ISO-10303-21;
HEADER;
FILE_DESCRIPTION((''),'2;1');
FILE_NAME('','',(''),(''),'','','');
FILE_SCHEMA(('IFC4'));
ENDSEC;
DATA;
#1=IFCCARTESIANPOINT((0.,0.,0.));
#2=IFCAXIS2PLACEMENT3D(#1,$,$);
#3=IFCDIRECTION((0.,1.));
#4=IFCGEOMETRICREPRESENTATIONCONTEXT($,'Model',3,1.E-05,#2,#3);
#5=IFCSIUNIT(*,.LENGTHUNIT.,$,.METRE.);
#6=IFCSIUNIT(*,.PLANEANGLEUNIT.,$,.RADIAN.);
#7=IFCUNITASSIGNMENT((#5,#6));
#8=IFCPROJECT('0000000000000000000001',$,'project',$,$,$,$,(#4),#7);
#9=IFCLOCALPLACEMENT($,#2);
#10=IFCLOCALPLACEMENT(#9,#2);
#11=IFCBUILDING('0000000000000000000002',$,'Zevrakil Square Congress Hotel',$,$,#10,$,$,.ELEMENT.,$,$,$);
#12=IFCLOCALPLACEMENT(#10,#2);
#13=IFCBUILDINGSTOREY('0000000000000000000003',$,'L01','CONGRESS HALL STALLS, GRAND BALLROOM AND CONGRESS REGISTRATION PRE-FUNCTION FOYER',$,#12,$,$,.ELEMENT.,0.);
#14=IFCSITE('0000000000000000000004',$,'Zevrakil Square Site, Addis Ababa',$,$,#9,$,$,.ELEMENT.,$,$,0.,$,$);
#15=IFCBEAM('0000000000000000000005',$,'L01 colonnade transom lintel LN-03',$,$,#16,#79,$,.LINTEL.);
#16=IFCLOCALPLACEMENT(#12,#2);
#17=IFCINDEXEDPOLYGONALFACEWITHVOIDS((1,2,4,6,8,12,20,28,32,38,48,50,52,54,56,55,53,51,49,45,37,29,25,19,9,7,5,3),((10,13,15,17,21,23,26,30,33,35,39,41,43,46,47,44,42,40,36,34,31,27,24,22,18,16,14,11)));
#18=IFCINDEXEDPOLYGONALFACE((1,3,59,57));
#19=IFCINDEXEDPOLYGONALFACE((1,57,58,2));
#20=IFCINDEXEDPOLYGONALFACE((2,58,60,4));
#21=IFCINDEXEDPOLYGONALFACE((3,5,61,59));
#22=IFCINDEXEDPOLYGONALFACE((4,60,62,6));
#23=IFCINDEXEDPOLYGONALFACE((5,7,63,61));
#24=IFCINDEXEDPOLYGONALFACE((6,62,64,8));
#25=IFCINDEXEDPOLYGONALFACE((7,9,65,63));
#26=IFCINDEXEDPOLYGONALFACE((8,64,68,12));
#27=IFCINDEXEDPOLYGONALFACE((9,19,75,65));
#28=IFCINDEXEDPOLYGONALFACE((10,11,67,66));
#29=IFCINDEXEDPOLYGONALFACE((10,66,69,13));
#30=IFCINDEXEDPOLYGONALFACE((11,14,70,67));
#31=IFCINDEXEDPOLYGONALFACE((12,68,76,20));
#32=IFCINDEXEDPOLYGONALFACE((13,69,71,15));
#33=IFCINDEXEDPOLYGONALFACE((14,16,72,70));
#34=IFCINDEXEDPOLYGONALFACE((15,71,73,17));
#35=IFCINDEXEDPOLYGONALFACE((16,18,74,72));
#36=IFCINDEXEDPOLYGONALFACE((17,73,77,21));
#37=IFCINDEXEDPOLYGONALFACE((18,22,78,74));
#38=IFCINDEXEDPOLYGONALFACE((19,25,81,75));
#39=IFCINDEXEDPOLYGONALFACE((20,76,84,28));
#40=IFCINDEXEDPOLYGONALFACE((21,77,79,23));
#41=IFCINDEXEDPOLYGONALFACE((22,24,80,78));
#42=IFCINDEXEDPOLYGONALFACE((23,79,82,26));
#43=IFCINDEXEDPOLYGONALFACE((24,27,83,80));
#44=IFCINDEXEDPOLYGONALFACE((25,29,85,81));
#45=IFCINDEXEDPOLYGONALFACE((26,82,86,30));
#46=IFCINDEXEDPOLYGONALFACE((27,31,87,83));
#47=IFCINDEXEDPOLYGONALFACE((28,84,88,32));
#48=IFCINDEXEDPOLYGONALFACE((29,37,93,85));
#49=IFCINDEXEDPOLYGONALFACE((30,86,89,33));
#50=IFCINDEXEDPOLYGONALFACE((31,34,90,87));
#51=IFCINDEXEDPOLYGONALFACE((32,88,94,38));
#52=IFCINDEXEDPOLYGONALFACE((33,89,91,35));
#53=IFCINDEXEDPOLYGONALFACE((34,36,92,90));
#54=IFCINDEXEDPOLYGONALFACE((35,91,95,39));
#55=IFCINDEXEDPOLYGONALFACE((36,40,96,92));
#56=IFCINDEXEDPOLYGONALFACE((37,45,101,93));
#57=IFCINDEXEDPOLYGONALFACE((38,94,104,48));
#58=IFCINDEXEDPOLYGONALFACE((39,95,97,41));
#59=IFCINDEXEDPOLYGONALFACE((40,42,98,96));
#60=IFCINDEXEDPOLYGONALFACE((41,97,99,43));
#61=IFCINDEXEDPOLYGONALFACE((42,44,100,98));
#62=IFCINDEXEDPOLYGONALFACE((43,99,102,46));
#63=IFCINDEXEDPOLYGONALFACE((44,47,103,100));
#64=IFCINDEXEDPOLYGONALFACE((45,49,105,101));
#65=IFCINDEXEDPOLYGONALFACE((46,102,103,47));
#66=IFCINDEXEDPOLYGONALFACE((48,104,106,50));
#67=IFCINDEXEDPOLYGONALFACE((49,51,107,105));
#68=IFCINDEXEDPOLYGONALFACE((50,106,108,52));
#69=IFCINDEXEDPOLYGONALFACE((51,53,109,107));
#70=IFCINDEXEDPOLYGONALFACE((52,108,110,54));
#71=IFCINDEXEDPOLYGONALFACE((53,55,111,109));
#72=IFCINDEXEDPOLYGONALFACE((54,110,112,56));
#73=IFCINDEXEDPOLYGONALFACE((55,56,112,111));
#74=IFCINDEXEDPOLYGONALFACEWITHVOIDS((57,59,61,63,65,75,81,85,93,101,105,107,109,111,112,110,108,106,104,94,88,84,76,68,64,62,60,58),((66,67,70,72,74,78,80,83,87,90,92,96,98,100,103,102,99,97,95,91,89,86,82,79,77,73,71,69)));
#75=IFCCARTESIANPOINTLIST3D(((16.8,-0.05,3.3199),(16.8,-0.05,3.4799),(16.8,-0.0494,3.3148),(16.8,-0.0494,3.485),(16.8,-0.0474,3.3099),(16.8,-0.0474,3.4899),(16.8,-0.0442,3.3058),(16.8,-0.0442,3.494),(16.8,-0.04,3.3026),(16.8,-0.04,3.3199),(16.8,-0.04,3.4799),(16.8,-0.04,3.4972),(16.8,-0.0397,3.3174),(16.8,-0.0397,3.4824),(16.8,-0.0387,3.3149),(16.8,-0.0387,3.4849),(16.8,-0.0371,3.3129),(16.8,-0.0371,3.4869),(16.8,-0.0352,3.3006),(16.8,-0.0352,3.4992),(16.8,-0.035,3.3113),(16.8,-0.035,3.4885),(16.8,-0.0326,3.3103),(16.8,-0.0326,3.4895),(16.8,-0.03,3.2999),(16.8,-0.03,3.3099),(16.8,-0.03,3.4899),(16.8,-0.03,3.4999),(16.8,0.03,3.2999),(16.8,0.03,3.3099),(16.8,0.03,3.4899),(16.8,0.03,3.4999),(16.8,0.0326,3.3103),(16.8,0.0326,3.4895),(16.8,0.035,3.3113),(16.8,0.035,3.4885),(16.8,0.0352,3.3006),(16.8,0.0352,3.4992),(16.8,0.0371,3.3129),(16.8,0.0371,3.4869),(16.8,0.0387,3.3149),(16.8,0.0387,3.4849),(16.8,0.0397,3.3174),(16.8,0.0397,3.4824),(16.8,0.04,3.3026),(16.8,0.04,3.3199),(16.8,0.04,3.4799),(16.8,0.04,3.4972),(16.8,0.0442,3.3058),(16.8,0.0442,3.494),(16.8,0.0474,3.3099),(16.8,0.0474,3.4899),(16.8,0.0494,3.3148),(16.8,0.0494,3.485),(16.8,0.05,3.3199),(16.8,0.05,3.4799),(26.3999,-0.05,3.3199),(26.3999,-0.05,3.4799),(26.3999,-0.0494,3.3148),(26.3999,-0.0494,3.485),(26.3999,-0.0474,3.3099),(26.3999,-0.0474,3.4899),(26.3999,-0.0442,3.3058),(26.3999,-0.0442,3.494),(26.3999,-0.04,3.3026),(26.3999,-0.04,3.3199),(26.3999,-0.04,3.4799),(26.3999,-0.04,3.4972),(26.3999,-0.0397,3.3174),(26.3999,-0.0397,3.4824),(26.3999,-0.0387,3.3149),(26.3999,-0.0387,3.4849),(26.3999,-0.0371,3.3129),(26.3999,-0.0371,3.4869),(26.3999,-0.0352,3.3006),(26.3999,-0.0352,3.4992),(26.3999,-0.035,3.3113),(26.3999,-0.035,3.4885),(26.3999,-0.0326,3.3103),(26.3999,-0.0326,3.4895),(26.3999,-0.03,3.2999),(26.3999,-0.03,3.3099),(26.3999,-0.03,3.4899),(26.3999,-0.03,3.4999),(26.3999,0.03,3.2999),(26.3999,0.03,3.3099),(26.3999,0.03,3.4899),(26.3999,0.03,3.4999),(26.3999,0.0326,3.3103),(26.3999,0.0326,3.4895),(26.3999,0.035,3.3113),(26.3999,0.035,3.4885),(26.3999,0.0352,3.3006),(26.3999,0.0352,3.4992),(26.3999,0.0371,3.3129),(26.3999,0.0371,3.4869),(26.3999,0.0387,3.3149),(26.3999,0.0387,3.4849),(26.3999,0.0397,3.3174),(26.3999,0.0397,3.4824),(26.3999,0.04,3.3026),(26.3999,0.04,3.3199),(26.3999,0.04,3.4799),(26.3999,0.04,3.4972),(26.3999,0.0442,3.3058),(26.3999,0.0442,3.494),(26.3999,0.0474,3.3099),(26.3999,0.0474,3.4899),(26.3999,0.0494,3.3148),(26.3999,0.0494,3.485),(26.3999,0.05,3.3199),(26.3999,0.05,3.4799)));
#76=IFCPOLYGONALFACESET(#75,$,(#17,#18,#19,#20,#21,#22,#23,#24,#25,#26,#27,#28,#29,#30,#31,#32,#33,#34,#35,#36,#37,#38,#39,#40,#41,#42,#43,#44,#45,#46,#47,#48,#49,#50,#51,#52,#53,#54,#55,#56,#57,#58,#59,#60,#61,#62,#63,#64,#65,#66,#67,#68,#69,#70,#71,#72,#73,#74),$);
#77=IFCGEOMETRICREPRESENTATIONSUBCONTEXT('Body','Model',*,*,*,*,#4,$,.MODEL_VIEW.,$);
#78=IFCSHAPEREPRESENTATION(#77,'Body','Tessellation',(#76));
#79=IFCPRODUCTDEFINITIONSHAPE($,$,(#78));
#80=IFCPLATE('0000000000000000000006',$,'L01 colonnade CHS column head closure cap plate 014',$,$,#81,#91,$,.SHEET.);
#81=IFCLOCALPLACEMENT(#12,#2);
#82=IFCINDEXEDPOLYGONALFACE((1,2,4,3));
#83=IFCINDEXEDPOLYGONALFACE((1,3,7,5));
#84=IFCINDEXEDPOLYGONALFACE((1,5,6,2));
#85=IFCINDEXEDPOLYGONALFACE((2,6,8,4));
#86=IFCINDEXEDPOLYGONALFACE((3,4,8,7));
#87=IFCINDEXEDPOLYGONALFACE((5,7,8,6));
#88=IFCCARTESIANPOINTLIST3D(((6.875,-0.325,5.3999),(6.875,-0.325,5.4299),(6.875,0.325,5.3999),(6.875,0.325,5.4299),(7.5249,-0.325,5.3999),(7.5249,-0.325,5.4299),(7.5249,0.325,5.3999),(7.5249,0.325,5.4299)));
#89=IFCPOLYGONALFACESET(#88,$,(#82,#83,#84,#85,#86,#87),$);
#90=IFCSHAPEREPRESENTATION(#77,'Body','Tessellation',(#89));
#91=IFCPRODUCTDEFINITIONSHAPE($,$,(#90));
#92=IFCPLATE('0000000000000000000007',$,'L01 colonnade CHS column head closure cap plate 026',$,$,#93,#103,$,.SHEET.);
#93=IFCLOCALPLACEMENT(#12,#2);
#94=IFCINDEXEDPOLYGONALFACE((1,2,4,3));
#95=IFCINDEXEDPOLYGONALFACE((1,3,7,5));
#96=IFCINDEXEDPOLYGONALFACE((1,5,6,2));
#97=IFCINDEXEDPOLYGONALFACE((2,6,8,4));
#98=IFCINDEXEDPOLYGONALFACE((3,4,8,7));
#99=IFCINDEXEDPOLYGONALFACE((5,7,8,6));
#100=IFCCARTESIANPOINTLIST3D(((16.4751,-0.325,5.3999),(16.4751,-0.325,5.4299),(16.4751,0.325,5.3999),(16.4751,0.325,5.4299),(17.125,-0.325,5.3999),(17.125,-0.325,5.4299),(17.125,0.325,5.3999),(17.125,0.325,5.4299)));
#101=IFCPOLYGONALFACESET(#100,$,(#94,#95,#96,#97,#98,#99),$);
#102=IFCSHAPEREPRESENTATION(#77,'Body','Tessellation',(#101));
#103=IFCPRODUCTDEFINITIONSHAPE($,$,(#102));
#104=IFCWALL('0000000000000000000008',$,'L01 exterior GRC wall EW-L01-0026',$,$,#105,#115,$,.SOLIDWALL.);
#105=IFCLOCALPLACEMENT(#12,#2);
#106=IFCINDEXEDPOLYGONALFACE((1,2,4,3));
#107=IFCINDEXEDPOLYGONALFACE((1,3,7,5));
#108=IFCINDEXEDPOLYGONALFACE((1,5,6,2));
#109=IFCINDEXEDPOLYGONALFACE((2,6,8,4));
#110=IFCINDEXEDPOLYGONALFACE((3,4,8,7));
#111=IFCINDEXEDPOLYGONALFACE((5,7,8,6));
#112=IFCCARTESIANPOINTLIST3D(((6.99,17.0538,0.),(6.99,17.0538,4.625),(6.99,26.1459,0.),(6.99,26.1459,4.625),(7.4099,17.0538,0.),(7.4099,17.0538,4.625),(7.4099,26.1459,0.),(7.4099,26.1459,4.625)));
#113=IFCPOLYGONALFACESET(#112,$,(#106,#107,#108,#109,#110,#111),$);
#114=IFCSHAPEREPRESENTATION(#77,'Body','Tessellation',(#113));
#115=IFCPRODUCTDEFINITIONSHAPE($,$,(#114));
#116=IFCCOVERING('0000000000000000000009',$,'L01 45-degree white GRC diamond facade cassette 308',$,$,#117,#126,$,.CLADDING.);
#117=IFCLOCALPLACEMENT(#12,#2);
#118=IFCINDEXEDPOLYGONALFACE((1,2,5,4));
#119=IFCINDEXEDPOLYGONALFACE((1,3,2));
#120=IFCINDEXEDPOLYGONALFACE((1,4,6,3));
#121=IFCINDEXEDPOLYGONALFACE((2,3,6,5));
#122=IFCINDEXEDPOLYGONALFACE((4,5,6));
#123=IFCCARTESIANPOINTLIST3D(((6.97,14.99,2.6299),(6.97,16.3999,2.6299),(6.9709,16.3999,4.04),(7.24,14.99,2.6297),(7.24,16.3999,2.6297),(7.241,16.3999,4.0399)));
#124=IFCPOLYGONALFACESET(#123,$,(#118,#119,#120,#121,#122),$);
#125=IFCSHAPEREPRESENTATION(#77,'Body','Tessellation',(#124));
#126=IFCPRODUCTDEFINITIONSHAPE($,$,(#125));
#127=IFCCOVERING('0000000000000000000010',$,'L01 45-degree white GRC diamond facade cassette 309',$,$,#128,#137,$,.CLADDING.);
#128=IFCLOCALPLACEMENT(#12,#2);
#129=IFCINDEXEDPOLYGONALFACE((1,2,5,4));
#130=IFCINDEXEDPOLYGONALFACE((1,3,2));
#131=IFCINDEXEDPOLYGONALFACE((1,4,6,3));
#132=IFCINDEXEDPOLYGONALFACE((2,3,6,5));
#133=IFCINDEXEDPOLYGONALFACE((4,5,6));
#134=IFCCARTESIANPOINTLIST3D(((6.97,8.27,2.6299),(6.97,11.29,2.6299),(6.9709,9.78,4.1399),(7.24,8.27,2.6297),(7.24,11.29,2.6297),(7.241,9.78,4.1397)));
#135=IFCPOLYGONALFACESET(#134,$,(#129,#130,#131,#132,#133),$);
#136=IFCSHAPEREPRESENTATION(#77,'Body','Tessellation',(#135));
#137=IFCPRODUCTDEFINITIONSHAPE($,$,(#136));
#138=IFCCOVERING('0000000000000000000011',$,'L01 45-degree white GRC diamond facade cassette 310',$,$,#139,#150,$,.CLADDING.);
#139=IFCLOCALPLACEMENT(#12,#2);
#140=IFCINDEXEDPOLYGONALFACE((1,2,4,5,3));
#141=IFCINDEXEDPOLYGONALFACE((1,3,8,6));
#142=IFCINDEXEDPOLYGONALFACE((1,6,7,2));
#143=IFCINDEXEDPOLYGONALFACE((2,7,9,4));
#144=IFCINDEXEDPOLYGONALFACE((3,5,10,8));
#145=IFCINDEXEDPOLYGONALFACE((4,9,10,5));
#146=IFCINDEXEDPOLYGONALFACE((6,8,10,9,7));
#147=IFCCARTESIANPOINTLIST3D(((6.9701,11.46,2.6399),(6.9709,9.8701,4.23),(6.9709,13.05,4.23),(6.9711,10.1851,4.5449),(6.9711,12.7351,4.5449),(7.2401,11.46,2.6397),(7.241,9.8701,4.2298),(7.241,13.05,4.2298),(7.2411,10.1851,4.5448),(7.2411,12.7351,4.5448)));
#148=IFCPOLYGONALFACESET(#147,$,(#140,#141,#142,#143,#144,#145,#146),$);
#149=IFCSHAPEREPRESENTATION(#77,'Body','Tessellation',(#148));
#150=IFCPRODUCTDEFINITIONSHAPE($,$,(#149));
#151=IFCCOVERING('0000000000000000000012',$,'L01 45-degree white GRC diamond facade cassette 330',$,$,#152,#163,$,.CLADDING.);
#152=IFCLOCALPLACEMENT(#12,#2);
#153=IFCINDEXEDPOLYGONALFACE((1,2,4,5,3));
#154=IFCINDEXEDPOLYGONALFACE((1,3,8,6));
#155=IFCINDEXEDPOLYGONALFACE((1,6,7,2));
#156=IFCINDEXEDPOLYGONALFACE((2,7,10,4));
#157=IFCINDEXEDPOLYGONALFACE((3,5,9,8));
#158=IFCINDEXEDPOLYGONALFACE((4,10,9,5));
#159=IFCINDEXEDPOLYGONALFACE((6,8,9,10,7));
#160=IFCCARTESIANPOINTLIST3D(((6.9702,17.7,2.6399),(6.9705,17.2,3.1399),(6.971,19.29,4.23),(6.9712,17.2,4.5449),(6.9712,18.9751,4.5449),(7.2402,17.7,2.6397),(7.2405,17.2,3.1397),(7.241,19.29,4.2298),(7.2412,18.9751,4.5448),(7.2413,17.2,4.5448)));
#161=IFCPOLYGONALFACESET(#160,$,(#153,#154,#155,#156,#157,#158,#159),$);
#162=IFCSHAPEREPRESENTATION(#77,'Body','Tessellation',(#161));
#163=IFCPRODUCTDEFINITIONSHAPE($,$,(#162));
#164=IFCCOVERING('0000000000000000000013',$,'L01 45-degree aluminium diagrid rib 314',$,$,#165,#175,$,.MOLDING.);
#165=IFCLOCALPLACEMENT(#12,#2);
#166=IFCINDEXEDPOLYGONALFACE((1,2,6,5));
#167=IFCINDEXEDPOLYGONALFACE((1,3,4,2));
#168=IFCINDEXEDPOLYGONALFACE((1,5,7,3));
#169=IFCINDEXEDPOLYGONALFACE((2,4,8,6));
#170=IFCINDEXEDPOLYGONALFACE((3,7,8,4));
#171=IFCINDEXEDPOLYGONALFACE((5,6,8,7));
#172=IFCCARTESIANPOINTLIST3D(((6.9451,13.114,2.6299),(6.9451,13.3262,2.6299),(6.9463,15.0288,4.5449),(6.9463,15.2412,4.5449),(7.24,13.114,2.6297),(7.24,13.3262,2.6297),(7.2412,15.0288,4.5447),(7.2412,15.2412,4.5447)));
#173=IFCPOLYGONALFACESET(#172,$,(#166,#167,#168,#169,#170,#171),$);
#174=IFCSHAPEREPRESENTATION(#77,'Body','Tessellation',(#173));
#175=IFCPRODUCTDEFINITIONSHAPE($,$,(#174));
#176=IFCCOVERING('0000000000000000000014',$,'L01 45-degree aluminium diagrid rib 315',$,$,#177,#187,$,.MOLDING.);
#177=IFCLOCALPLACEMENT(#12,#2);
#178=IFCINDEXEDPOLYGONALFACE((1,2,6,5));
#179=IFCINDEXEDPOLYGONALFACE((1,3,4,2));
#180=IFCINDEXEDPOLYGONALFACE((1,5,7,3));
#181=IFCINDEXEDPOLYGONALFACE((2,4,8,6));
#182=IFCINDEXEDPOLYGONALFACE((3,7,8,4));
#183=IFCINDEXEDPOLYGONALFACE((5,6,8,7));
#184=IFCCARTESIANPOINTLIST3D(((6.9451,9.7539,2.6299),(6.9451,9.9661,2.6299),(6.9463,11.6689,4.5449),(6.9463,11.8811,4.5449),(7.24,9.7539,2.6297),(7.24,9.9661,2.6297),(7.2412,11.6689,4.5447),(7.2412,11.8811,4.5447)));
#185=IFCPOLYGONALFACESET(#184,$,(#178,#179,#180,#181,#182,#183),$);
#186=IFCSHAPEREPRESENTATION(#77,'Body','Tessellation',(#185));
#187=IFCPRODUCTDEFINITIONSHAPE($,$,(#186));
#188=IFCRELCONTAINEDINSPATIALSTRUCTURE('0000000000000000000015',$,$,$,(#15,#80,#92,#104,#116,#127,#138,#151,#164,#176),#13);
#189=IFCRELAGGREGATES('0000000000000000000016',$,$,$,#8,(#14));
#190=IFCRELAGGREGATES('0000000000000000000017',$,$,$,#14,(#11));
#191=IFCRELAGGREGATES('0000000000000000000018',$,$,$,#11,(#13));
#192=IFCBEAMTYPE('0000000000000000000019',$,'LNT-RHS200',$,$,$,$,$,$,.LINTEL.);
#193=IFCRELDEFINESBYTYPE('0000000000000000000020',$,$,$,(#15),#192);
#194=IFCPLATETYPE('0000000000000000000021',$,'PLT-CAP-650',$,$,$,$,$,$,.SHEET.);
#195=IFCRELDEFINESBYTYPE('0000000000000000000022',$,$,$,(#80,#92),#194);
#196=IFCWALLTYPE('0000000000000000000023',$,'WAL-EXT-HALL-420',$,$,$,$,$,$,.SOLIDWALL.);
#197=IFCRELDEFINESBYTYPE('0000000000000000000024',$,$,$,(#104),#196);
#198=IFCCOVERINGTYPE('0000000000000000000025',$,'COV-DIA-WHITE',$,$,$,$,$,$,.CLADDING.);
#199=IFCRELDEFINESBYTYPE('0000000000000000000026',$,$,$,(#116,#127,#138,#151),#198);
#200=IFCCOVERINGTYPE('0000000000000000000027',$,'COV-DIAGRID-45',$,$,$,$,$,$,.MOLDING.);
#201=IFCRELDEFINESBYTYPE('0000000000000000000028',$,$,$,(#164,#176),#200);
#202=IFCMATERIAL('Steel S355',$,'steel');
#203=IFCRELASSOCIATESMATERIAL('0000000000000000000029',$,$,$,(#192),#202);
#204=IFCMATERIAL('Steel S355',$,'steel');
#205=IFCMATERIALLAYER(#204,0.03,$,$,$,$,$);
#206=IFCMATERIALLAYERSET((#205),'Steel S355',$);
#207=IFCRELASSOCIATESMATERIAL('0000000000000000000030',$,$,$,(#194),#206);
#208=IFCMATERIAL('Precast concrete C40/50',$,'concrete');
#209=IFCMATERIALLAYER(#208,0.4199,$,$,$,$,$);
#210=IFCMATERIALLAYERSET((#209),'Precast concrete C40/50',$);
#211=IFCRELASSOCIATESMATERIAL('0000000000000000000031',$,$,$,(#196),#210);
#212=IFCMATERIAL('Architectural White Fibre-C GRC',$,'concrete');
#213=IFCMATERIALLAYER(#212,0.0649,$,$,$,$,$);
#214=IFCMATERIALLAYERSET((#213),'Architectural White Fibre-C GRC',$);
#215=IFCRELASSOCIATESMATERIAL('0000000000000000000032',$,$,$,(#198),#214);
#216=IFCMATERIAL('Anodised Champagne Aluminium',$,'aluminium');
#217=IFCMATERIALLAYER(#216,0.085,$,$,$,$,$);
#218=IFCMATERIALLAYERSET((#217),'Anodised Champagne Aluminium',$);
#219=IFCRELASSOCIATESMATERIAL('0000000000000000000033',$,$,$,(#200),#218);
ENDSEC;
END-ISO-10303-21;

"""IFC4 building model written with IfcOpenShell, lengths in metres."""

from ifc_helpers import new_model, si_unit, direction, frame, frame_2d, origin, origin_2d, place, context, subcontext, project, spatial, polyline, rectangle, hollow_rectangle, outline, extrude, material, layer, layer_set, material_profile, profile_set, type_object, element, save


model = new_model("IFC4")

# Units and contexts
model_context = context("Model", 3, precision=1e-05, world=origin(), true_north=direction((0.0, 1.0)))
body_context = subcontext(model_context, "Body", "Model", "MODEL_VIEW")
ifc_project = project(units=[si_unit("LENGTHUNIT", "METRE"), si_unit("PLANEANGLEUNIT", "RADIAN")], contexts=[model_context])

# Site, building, storey
site_placement = place(None, origin())
site = spatial("IfcSite", under=ifc_project, at=site_placement, Name="Zevrakil Square Site, Addis Ababa", CompositionType="ELEMENT", RefElevation=0.0)
building_placement = place(site_placement, origin())
building = spatial("IfcBuilding", under=site, at=building_placement, Name="Zevrakil Square Congress Hotel", CompositionType="ELEMENT")
storey_placement = place(building_placement, origin())
storey = spatial("IfcBuildingStorey", under=building, at=storey_placement, Name="L01", Description="CONGRESS HALL STALLS, GRAND BALLROOM AND CONGRESS REGISTRATION PRE-FUNCTION FOYER", CompositionType="ELEMENT", Elevation=0.0)

# Beam
ifc_material_1 = material(Name="Steel S355", Category="steel")
ifc_material_profile_1 = material_profile(ifc_material_1, hollow_rectangle(XDim=0.1001, YDim=0.2, WallThickness=0.01, InnerFilletRadius=0.01, OuterFilletRadius=0.02, at=origin_2d()), Name="RHS 200x100x10")
ifc_profile_set_1 = profile_set([ifc_material_profile_1], Name="Steel S355")
beam_type_1 = type_object("IfcBeamType", Name="LNT-RHS200", PredefinedType="LINTEL", material=ifc_profile_set_1)
beam_1_placement = place(storey_placement, frame((16.8, 0.0, 3.3999), z_axis=(1.0, 0.0, 0.0), x_axis=(0.0, 1.0, 0.0)))
element("IfcBeam", 1, at=beam_1_placement, inside=storey, type_object=beam_type_1, Name="L01 colonnade transom lintel LN-03", PredefinedType="LINTEL", context=body_context, shape_type="SweptSolid", body=[
    extrude(hollow_rectangle(XDim=0.1001, YDim=0.2, WallThickness=0.01, InnerFilletRadius=0.01, OuterFilletRadius=0.02, at=origin_2d()), origin(), (0.0, 0.0, 1.0), 9.5999),
])

# Plates
ifc_material_2 = material(Name="Steel S355", Category="steel")
ifc_layer_1 = layer(ifc_material_2, 0.03)
ifc_layer_set_1 = layer_set([ifc_layer_1], Name="Steel S355")
plate_type = type_object("IfcPlateType", Name="PLT-CAP-650", PredefinedType="SHEET", material=ifc_layer_set_1)
for number, where, z_axis, x_axis, name in (
    (2, (7.2, 0.0, 5.3999), (0.0, 0.0, 1.0), (1.0, 0.0, 0.0), "L01 colonnade CHS column head closure cap plate 014"),
    (3, (16.8, 0.0, 5.3999), (0.0, 0.0, 1.0), (1.0, 0.0, 0.0), "L01 colonnade CHS column head closure cap plate 026"),
):
    element("IfcPlate", number, at=place(storey_placement, frame(where, z_axis=z_axis, x_axis=x_axis)), inside=storey, type_object=plate_type, Name=name, PredefinedType="SHEET", context=body_context, shape_type="SweptSolid", body=[
        extrude(rectangle(XDim=0.6499, YDim=0.6499, at=origin_2d()), origin(), (0.0, 0.0, 1.0), 0.03),
    ])

# Shared definitions
ifc_material_3 = material(Name="Precast concrete C40/50", Category="concrete")
ifc_layer_2 = layer(ifc_material_3, 0.4199)
ifc_layer_set_2 = layer_set([ifc_layer_2], Name="Precast concrete C40/50")
wall_type_1 = type_object("IfcWallType", Name="WAL-EXT-HALL-420", PredefinedType="SOLIDWALL", material=ifc_layer_set_2)

# Wall
wall_1_placement = place(storey_placement, frame((7.2, 17.054, 0.0), z_axis=(0.0, 0.0, 1.0), x_axis=(0.0, 1.0, 0.0)))
element("IfcWall", 4, at=wall_1_placement, inside=storey, type_object=wall_type_1, Name="L01 exterior GRC wall EW-L01-0026", PredefinedType="SOLIDWALL", context=body_context, shape_type="SweptSolid", body=[
    extrude(rectangle(XDim=9.092, YDim=0.4199, at=frame_2d((4.5459, 0.0))), origin(), (0.0, 0.0, 1.0), 4.625),
])

# Coverings
ifc_material_4 = material(Name="Architectural White Fibre-C GRC", Category="concrete")
ifc_layer_3 = layer(ifc_material_4, 0.0649)
ifc_layer_set_3 = layer_set([ifc_layer_3], Name="Architectural White Fibre-C GRC")
covering_type_1 = type_object("IfcCoveringType", Name="COV-DIA-WHITE", PredefinedType="CLADDING", material=ifc_layer_set_3)
covering_1_placement = place(storey_placement, frame((6.97, 14.99, 2.6299), z_axis=(-1.0, 0.0, 0.000693), x_axis=(0.0, 1.0, 0.0)))
element("IfcCovering", 5, at=covering_1_placement, inside=storey, type_object=covering_type_1, Name="L01 45-degree white GRC diamond facade cassette 308", PredefinedType="CLADDING", context=body_context, shape_type="SweptSolid", body=[
    extrude(outline(polyline([(0.0, 0.0), (1.4099, 0.0), (1.4099, -1.4102), (0.0, 0.0)])), origin(), (0.0, 0.0, -1.0), 0.27),
])
covering_2_placement = place(storey_placement, frame((6.9709, 9.78, 4.1399), z_axis=(-1.0, 0.0, 0.000647), x_axis=(-0.000457, -0.707107, -0.707107)))
element("IfcCovering", 6, at=covering_2_placement, inside=storey, type_object=covering_type_1, Name="L01 45-degree white GRC diamond facade cassette 309", PredefinedType="CLADDING", context=body_context, shape_type="SweptSolid", body=[
    extrude(outline(polyline([(0.0, 0.0), (2.1355, 0.0), (0.0, -2.1355), (0.0, 0.0)])), origin(), (0.0, 0.0, -1.0), 0.27),
])
covering_3_placement = place(storey_placement, frame((6.9709, 9.8701, 4.23), z_axis=(-1.0, 0.0, 0.000543), x_axis=(-0.000384, 0.707052, -0.707161)))
element("IfcCovering", 7, at=covering_3_placement, inside=storey, type_object=covering_type_1, Name="L01 45-degree white GRC diamond facade cassette 310", PredefinedType="CLADDING", context=body_context, shape_type="SweptSolid", body=[
    extrude(outline(polyline([(0.0, 0.0), (2.2486, 0.0), (2.2484, -2.2487), (1.803, -2.2487), (0.0, -0.4454), (0.0, 0.0)])), origin(), (0.0, 0.0, -1.0), 0.27),
])
covering_4_placement = place(storey_placement, frame((6.9702, 17.7, 2.6399), z_axis=(-1.0, -0.000026, 0.000535), x_axis=(0.000359, 0.707107, 0.707107)))
element("IfcCovering", 8, at=covering_4_placement, inside=storey, type_object=covering_type_1, Name="L01 45-degree white GRC diamond facade cassette 330", PredefinedType="CLADDING", context=body_context, shape_type="SweptSolid", body=[
    extrude(outline(polyline([(0.0, 0.0), (2.2487, 0.0), (2.2487, -0.4454), (0.9935, -1.7006), (0.0, -0.7071), (0.0, 0.0)])), origin(), (0.0, 0.0, -1.0), 0.27),
])
ifc_material_5 = material(Name="Anodised Champagne Aluminium", Category="aluminium")
ifc_layer_4 = layer(ifc_material_5, 0.085)
ifc_layer_set_4 = layer_set([ifc_layer_4], Name="Anodised Champagne Aluminium")
covering_type_2 = type_object("IfcCoveringType", Name="COV-DIAGRID-45", PredefinedType="MOLDING", material=ifc_layer_set_4)
covering_5_placement = place(storey_placement, frame((6.9463, 15.2412, 4.5449), z_axis=(-1.0, 0.0, 0.000637), x_axis=(0.0, -1.0, 0.0)))
element("IfcCovering", 9, at=covering_5_placement, inside=storey, type_object=covering_type_2, Name="L01 45-degree aluminium diagrid rib 314", PredefinedType="MOLDING", context=body_context, shape_type="SweptSolid", body=[
    extrude(outline(polyline([(0.0, 0.0), (0.2124, 0.0), (2.1272, -1.915), (1.915, -1.915), (0.0, 0.0)])), origin(), (0.0, 0.0, -1.0), 0.2949),
])
covering_6_placement = place(storey_placement, frame((6.9463, 11.8811, 4.5449), z_axis=(-1.0, 0.0, 0.000637), x_axis=(0.0, -1.0, 0.0)))
element("IfcCovering", 10, at=covering_6_placement, inside=storey, type_object=covering_type_2, Name="L01 45-degree aluminium diagrid rib 315", PredefinedType="MOLDING", context=body_context, shape_type="SweptSolid", body=[
    extrude(outline(polyline([(0.0, 0.0), (0.2122, 0.0), (2.1272, -1.915), (1.915, -1.915), (0.0, 0.0)])), origin(), (0.0, 0.0, -1.0), 0.2949),
])

save(model, "model.ifc")
